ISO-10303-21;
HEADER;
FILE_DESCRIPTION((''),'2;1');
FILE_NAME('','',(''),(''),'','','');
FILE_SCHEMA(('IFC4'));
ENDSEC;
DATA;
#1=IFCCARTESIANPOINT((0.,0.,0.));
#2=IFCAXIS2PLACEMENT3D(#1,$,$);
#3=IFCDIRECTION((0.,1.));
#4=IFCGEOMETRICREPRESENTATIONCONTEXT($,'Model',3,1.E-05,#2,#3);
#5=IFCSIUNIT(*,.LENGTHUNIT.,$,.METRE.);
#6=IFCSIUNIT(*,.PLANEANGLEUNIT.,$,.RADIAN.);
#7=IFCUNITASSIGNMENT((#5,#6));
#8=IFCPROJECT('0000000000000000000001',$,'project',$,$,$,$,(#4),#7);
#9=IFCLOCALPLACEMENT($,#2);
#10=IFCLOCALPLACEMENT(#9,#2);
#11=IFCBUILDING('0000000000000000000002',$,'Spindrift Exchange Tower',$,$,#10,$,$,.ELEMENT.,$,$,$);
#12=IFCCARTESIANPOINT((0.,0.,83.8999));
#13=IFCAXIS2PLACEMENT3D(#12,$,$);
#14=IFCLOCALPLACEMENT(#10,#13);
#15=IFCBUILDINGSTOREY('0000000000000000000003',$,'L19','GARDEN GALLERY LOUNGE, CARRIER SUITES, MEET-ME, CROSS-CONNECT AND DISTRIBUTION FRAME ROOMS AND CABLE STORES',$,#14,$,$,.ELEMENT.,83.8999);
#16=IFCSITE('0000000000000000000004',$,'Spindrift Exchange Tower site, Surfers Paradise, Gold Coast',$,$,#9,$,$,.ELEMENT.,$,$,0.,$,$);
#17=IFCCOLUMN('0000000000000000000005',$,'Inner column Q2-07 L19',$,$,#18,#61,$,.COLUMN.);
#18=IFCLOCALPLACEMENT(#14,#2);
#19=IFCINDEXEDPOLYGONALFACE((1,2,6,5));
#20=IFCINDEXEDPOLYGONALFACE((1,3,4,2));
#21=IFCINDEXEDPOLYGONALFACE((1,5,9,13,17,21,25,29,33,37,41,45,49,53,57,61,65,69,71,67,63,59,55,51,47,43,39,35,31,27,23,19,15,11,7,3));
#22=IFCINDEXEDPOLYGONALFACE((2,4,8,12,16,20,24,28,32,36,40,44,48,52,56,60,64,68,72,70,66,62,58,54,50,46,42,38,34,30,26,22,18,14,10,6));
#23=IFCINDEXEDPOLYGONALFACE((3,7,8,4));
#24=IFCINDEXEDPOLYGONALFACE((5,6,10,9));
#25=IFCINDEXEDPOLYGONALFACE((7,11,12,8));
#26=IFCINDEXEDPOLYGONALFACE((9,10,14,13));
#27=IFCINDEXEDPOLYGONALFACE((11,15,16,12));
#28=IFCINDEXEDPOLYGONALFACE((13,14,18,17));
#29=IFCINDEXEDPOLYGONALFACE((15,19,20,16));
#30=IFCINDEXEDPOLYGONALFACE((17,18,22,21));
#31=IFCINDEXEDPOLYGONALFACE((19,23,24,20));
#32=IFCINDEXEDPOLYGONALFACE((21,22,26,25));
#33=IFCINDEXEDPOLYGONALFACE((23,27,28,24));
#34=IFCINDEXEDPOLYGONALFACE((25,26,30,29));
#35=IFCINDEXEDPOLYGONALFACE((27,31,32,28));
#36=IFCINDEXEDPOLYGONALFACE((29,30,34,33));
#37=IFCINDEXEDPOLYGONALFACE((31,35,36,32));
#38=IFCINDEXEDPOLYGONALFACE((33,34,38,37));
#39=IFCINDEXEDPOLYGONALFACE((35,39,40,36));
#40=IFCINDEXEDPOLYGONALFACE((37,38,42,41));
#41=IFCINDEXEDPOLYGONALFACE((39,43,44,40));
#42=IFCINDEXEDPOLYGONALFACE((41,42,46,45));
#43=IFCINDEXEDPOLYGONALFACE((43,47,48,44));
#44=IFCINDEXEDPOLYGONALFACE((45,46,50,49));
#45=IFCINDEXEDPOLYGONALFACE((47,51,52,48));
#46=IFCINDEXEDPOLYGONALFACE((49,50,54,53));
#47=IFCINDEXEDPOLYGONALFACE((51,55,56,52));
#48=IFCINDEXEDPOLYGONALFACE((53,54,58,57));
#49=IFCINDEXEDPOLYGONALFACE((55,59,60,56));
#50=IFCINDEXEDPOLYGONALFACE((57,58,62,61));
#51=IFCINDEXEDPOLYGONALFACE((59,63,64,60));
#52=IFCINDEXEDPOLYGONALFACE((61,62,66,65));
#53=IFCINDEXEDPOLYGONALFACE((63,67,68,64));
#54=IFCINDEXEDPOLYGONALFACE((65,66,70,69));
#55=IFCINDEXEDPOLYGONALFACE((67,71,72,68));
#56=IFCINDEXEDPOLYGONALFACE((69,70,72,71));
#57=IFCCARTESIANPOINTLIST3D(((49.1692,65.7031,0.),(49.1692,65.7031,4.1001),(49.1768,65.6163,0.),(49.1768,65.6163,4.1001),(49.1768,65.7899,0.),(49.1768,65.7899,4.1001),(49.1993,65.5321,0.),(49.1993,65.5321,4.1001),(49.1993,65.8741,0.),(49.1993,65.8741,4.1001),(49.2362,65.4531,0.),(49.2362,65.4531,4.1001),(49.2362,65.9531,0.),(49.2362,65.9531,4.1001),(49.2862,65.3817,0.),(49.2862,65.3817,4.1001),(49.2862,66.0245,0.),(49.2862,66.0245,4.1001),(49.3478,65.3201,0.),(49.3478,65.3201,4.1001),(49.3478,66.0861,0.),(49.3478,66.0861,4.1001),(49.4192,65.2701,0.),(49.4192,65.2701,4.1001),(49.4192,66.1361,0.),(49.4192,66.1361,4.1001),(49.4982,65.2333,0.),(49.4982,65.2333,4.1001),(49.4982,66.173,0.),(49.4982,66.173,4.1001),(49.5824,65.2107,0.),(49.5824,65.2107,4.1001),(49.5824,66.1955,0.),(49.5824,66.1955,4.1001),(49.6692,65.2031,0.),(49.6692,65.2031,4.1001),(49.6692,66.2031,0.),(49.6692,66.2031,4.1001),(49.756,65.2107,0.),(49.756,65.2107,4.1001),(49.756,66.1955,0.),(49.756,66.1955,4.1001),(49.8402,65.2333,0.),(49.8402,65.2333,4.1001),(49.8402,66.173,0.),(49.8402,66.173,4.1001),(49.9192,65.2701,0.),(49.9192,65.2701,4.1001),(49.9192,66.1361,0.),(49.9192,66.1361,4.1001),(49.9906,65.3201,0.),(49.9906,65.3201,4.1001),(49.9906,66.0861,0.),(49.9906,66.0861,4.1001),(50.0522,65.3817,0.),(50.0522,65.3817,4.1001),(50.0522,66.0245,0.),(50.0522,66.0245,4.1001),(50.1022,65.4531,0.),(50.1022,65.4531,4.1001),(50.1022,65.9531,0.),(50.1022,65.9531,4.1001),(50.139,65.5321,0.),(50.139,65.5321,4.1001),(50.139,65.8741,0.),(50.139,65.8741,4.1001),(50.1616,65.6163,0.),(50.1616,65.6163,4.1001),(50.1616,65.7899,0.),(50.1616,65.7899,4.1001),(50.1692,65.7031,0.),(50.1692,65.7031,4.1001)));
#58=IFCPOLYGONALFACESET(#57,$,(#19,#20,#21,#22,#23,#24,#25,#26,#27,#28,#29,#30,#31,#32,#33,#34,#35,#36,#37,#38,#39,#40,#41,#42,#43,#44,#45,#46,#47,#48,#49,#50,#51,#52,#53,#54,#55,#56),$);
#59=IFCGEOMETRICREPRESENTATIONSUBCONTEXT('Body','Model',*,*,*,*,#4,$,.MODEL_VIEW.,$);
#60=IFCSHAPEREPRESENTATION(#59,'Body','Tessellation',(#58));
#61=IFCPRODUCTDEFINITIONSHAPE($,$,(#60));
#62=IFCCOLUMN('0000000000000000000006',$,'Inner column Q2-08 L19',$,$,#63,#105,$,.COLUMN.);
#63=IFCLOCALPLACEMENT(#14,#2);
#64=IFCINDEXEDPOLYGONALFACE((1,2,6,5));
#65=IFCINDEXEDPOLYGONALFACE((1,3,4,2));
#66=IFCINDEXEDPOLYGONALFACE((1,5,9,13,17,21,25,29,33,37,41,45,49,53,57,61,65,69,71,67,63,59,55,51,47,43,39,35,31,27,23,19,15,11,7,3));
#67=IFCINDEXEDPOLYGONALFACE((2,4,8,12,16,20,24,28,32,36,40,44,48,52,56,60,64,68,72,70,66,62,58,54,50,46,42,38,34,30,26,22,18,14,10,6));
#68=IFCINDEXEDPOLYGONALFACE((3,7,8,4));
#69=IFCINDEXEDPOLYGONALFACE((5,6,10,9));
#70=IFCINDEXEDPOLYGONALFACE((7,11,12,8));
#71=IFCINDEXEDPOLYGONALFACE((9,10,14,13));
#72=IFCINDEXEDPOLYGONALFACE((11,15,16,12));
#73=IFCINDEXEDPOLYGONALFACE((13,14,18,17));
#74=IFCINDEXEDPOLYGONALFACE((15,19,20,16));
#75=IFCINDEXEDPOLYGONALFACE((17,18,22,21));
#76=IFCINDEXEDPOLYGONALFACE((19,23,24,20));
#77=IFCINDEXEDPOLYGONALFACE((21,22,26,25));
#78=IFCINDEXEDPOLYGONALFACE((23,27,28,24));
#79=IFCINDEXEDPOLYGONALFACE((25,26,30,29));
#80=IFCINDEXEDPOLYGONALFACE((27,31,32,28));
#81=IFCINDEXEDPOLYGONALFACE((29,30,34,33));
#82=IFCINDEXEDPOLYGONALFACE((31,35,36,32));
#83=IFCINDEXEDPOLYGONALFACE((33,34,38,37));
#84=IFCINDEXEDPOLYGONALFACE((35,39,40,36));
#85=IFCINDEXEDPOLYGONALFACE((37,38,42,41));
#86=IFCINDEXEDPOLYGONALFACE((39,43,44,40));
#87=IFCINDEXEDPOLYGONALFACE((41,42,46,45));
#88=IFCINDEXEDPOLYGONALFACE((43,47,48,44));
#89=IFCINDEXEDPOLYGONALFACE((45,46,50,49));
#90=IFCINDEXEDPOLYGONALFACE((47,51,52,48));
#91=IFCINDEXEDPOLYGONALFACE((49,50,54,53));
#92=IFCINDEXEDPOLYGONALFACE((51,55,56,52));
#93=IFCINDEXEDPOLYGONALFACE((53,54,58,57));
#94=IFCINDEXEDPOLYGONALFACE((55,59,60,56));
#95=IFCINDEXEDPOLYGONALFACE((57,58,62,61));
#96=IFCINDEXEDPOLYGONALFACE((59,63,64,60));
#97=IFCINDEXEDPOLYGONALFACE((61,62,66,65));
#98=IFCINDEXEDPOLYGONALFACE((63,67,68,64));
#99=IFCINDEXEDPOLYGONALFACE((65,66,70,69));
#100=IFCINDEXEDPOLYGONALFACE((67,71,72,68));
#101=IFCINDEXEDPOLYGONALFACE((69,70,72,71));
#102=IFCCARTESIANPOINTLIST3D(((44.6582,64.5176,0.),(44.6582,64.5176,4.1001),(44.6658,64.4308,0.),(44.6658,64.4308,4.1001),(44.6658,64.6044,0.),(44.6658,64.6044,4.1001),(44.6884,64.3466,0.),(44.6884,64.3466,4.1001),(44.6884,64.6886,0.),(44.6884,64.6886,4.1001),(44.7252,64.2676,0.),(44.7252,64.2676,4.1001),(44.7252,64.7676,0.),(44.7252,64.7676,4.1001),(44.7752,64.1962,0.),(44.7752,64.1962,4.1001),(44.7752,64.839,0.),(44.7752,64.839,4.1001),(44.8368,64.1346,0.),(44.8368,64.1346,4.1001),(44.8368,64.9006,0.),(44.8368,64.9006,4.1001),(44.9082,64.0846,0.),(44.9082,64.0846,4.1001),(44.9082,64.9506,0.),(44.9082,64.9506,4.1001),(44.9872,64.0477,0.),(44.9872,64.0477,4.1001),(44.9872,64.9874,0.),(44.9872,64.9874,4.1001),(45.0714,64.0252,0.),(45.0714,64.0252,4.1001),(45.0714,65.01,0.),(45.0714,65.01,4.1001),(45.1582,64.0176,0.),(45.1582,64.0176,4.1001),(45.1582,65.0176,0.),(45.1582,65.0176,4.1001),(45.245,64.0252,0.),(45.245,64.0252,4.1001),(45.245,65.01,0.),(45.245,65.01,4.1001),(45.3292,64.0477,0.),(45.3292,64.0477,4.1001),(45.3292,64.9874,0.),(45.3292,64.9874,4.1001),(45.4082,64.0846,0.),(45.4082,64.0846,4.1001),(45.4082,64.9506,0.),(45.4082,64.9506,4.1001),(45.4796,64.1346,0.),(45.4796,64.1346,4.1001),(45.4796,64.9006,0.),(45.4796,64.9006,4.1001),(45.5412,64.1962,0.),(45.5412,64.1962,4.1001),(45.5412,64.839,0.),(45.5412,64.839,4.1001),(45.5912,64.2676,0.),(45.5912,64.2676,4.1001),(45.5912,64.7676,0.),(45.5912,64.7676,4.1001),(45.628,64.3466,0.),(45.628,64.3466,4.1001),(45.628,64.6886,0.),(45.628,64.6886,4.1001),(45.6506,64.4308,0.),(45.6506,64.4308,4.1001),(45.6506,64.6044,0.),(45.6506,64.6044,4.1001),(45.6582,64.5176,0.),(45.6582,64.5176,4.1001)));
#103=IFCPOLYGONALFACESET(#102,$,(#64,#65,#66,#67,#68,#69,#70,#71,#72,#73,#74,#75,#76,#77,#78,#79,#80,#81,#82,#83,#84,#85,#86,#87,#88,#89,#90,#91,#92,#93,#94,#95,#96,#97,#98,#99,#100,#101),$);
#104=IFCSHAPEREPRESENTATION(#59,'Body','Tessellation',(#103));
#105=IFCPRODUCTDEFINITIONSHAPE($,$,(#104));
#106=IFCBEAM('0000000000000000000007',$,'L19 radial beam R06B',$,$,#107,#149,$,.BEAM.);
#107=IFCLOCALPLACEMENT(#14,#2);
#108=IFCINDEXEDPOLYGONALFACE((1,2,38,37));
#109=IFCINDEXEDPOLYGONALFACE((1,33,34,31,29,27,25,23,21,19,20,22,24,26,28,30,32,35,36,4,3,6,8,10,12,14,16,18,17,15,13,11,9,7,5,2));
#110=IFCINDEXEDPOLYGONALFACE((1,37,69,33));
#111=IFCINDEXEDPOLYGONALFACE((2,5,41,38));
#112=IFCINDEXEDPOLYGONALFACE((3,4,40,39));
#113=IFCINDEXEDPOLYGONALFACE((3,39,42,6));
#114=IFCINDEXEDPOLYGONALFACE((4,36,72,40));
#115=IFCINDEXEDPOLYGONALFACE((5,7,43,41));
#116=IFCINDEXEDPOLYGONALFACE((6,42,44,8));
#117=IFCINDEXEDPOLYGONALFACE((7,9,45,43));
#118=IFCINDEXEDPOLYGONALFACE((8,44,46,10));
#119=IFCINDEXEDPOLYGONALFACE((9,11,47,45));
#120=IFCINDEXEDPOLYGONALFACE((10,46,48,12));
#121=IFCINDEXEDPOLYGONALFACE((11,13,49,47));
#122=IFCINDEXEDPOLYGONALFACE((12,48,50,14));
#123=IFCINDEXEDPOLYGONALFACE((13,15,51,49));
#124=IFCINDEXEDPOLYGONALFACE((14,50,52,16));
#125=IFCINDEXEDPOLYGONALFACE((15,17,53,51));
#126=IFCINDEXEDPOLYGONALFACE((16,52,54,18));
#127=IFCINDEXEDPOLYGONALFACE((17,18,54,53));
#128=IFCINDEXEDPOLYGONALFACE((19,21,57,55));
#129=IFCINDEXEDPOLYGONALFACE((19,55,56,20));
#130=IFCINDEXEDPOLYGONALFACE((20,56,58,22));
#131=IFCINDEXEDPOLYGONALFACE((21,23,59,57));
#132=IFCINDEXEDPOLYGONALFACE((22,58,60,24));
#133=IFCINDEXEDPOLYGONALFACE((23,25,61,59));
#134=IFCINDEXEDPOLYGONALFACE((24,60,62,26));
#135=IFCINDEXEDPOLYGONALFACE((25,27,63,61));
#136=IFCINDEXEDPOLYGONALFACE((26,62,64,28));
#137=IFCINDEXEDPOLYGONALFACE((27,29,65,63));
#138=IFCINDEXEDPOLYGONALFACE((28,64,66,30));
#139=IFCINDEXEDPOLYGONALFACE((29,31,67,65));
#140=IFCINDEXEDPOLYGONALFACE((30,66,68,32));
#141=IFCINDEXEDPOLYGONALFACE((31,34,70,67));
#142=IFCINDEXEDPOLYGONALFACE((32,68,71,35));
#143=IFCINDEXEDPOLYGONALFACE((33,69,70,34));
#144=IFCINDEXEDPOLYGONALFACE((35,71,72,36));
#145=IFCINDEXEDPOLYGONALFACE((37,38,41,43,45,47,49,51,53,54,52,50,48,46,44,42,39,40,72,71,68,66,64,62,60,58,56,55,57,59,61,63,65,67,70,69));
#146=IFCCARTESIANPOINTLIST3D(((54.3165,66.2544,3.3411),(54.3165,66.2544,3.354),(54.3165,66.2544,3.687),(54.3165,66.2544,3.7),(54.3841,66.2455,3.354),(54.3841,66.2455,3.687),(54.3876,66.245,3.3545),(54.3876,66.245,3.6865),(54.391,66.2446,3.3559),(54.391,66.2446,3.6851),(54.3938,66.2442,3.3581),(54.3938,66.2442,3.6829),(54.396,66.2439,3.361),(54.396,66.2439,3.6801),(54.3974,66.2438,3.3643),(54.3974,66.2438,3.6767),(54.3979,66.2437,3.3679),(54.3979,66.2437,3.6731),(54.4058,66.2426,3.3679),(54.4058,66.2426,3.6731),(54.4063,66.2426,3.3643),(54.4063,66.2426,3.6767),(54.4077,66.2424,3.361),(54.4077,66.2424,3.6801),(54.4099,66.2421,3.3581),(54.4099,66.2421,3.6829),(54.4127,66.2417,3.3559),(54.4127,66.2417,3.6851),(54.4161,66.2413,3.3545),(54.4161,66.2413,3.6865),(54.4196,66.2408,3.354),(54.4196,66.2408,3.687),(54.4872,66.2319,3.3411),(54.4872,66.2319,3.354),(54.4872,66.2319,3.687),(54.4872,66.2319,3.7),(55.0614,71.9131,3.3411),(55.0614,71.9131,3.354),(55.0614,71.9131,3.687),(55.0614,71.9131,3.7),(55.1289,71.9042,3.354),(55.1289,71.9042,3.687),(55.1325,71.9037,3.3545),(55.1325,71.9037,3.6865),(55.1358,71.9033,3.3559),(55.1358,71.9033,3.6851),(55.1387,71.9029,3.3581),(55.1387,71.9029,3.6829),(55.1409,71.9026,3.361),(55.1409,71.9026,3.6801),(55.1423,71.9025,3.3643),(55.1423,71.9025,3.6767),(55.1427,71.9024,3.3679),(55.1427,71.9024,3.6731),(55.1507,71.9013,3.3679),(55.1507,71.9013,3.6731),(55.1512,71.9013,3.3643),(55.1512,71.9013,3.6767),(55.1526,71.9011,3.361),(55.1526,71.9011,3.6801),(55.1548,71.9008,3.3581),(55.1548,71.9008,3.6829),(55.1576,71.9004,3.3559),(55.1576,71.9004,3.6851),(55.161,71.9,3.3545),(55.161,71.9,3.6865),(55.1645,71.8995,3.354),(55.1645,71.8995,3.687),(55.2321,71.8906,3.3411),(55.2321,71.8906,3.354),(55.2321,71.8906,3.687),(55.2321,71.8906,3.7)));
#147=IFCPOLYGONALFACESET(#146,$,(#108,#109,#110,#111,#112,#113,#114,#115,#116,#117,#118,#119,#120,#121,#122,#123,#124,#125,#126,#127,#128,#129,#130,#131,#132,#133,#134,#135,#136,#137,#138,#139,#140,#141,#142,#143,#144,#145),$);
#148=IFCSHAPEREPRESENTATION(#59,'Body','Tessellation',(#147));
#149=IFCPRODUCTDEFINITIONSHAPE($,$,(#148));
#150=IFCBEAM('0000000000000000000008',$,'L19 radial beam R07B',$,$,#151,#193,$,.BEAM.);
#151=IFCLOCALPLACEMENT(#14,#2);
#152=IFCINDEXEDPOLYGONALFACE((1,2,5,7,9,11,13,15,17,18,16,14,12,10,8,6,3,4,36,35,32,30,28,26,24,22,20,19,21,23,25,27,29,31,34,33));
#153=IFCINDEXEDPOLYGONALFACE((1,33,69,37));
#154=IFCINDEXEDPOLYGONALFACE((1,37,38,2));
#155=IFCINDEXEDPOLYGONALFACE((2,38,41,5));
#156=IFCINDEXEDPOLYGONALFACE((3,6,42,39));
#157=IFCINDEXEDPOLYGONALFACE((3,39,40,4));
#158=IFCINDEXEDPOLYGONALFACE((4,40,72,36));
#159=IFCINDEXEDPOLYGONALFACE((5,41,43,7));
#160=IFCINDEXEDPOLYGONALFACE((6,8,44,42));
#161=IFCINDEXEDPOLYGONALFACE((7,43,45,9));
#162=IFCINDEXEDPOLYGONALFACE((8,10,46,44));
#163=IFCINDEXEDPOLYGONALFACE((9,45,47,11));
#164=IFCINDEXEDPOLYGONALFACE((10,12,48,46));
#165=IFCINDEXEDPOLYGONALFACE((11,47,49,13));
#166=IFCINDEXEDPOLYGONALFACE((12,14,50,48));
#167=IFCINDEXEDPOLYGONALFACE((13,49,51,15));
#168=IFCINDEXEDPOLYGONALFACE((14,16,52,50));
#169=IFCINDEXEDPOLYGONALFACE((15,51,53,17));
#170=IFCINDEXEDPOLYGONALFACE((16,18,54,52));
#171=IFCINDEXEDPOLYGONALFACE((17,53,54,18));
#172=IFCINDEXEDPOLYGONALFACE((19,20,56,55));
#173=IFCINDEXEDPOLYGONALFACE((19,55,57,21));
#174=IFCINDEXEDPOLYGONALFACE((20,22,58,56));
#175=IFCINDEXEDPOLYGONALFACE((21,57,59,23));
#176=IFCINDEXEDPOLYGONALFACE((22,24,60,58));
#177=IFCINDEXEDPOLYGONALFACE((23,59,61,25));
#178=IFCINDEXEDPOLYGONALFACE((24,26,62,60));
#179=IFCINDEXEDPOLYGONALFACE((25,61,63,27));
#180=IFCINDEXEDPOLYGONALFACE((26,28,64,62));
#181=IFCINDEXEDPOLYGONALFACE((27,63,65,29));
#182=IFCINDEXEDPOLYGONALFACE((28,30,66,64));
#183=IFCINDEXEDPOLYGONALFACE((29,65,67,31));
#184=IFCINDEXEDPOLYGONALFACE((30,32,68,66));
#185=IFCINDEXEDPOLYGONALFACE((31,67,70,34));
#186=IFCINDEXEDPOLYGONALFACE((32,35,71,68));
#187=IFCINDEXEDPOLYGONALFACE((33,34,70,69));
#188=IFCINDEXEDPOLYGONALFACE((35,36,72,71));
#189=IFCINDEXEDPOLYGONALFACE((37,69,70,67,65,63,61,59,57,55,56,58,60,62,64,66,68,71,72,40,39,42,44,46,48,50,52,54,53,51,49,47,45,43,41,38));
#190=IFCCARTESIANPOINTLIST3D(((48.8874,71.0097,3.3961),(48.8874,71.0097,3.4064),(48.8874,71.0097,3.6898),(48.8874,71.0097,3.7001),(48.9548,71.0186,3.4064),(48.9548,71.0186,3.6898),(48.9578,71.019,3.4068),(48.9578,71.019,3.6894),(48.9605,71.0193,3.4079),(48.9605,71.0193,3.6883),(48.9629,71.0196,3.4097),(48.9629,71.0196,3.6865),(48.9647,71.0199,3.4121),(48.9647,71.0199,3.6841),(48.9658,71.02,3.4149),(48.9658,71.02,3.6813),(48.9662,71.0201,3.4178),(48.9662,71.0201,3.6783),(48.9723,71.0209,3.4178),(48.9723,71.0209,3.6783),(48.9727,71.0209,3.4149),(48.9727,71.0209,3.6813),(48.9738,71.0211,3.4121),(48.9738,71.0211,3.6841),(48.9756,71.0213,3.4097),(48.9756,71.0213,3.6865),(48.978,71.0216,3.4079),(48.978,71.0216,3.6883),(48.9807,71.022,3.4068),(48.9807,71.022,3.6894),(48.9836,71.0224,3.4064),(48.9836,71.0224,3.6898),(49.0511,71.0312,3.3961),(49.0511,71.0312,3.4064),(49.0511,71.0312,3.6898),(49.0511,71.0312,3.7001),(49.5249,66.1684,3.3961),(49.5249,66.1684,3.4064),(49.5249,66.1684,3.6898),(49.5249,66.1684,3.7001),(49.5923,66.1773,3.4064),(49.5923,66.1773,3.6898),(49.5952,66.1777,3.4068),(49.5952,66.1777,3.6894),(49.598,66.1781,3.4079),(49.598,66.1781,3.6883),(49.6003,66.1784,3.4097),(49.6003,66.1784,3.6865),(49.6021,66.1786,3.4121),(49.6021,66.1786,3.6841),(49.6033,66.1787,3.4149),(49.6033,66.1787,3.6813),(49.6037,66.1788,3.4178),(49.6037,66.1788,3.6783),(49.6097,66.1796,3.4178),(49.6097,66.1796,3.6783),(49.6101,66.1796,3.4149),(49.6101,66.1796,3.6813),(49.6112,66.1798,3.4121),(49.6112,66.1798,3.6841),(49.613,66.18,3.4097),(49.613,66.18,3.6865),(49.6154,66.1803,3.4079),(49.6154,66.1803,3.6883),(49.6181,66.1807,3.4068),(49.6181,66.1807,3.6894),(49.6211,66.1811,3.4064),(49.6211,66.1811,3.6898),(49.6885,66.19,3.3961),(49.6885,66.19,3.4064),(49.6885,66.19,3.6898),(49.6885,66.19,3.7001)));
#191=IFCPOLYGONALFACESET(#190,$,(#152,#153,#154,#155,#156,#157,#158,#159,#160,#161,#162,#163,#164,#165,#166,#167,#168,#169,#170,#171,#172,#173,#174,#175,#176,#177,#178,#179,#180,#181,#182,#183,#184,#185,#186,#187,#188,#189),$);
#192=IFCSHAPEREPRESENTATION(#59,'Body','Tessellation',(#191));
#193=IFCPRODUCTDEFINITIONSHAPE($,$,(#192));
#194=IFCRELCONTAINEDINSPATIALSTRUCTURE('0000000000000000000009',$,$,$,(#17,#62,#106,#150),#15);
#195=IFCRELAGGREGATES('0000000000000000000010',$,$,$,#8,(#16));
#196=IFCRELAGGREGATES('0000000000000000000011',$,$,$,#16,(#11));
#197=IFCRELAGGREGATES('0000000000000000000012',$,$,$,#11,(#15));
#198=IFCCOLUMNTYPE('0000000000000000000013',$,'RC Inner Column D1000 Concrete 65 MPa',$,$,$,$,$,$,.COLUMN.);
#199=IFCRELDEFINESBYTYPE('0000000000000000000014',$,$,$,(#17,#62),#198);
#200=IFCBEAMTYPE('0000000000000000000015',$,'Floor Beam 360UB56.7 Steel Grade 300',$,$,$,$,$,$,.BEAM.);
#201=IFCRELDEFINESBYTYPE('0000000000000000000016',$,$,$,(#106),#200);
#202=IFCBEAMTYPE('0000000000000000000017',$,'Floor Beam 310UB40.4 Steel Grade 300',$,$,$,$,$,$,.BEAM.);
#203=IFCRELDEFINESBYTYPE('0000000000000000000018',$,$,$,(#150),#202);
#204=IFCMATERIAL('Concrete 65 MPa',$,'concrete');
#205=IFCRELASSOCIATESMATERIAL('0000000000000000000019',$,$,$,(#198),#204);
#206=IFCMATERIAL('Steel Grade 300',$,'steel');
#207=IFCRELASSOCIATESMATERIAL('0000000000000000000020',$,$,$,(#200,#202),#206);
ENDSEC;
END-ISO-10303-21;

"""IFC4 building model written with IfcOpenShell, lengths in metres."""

from ifc_helpers import new_model, si_unit, direction, frame, origin, origin_2d, place, context, subcontext, project, spatial, circle, i_section, extrude, source, transform, mapped, material, material_profile, profile_set, type_object, element, save


model = new_model("IFC4")

# Units and contexts
model_context = context("Model", 3, precision=1e-05, world=origin(), true_north=direction((0.0, 1.0)))
body_context = subcontext(model_context, "Body", "Model", "MODEL_VIEW")
ifc_project = project(units=[si_unit("LENGTHUNIT", "METRE"), si_unit("PLANEANGLEUNIT", "RADIAN")], contexts=[model_context])

# Site, building, storey
site_placement = place(None, origin())
site = spatial("IfcSite", under=ifc_project, at=site_placement, Name="Spindrift Exchange Tower site, Surfers Paradise, Gold Coast", CompositionType="ELEMENT", RefElevation=0.0)
building_placement = place(site_placement, origin())
building = spatial("IfcBuilding", under=site, at=building_placement, Name="Spindrift Exchange Tower", CompositionType="ELEMENT")
storey_placement = place(building_placement, frame((0.0, 0.0, 83.8999)))
storey = spatial("IfcBuildingStorey", under=building, at=storey_placement, Name="L19", Description="GARDEN GALLERY LOUNGE, CARRIER SUITES, MEET-ME, CROSS-CONNECT AND DISTRIBUTION FRAME ROOMS AND CABLE STORES", CompositionType="ELEMENT", Elevation=83.8999)

# Columns
ifc_material_1 = material(Name="Concrete 65 MPa", Category="concrete")
ifc_material_profile_1 = material_profile(ifc_material_1, circle(Radius=0.5, at=origin_2d()), Name="RC D1000")
ifc_profile_set_1 = profile_set([ifc_material_profile_1], Name="Concrete 65 MPa")
column_type_1 = type_object("IfcColumnType", Name="RC Inner Column D1000 Concrete 65 MPa", PredefinedType="COLUMN", material=ifc_profile_set_1)
shared_shape_1 = source(origin(), body_context, "Body", "SweptSolid", [
    extrude(circle(Radius=0.5, at=origin_2d()), origin(), (0.0, 0.0, 1.0), 4.1001),
])
for number, where, z_axis, x_axis, name in (
    (1, (49.6692, 65.7031, 0.0), (0.0, 0.0, 1.0), (1.0, 0.0, 0.0), "Inner column Q2-07 L19"),
    (2, (45.1582, 64.5176, 0.0), (0.0, 0.0, 1.0), (1.0, 0.0, 0.0), "Inner column Q2-08 L19"),
):
    element("IfcColumn", number, at=place(storey_placement, frame(where, z_axis=z_axis, x_axis=x_axis)), inside=storey, type_object=column_type_1, Name=name, PredefinedType="COLUMN", context=body_context, shape_type="MappedRepresentation", body=[
        mapped(shared_shape_1, transform((0.0, 0.0, 0.0), scale=1.0)),
    ])

# Beams
ifc_material_2 = material(Name="Steel Grade 300", Category="steel")
ifc_material_profile_2 = material_profile(ifc_material_2, i_section(OverallWidth=0.1721, OverallDepth=0.3589, WebThickness=0.0081, FlangeThickness=0.0129, FilletRadius=0.0139, at=origin_2d()), Name="360UB56.7")
ifc_profile_set_2 = profile_set([ifc_material_profile_2], Name="Steel Grade 300")
beam_type_1 = type_object("IfcBeamType", Name="Floor Beam 360UB56.7 Steel Grade 300", PredefinedType="BEAM", material=ifc_profile_set_2)
shared_shape_2 = source(origin(), body_context, "Body", "SweptSolid", [
    extrude(i_section(OverallWidth=0.1721, OverallDepth=0.3589, WebThickness=0.0081, FlangeThickness=0.0129, FilletRadius=0.0139, at=origin_2d()), origin(), (0.0, 0.0, 1.0), 5.7075),
])
beam_1_placement = place(storey_placement, frame((54.4019, 66.2432, 3.5205), z_axis=(0.130508, 0.991447, 0.0), x_axis=(-0.991447, 0.130508, 0.0)))
element("IfcBeam", 3, at=beam_1_placement, inside=storey, type_object=beam_type_1, Name="L19 radial beam R06B", PredefinedType="BEAM", context=body_context, shape_type="MappedRepresentation", body=[
    mapped(shared_shape_2, transform((0.0, 0.0, 0.0), scale=1.0)),
])
ifc_material_profile_3 = material_profile(ifc_material_2, i_section(OverallWidth=0.165, OverallDepth=0.304, WebThickness=0.0061, FlangeThickness=0.0103, FilletRadius=0.0115, at=origin_2d()), Name="310UB40.4")
ifc_profile_set_3 = profile_set([ifc_material_profile_3], Name="Steel Grade 300")
beam_type_2 = type_object("IfcBeamType", Name="Floor Beam 310UB40.4 Steel Grade 300", PredefinedType="BEAM", material=ifc_profile_set_3)
shared_shape_3 = source(origin(), body_context, "Body", "SweptSolid", [
    extrude(i_section(OverallWidth=0.165, OverallDepth=0.304, WebThickness=0.0061, FlangeThickness=0.0103, FilletRadius=0.0115, at=origin_2d()), origin(), (0.0, 0.0, 1.0), 4.8831),
])
beam_2_placement = place(storey_placement, frame((49.6067, 66.1792, 3.5481), z_axis=(-0.130542, 0.991443, 0.0), x_axis=(-0.991443, -0.130542, 0.0)))
element("IfcBeam", 4, at=beam_2_placement, inside=storey, type_object=beam_type_2, Name="L19 radial beam R07B", PredefinedType="BEAM", context=body_context, shape_type="MappedRepresentation", body=[
    mapped(shared_shape_3, transform((0.0, 0.0, 0.0), scale=1.0)),
])

save(model, "model.ifc")
